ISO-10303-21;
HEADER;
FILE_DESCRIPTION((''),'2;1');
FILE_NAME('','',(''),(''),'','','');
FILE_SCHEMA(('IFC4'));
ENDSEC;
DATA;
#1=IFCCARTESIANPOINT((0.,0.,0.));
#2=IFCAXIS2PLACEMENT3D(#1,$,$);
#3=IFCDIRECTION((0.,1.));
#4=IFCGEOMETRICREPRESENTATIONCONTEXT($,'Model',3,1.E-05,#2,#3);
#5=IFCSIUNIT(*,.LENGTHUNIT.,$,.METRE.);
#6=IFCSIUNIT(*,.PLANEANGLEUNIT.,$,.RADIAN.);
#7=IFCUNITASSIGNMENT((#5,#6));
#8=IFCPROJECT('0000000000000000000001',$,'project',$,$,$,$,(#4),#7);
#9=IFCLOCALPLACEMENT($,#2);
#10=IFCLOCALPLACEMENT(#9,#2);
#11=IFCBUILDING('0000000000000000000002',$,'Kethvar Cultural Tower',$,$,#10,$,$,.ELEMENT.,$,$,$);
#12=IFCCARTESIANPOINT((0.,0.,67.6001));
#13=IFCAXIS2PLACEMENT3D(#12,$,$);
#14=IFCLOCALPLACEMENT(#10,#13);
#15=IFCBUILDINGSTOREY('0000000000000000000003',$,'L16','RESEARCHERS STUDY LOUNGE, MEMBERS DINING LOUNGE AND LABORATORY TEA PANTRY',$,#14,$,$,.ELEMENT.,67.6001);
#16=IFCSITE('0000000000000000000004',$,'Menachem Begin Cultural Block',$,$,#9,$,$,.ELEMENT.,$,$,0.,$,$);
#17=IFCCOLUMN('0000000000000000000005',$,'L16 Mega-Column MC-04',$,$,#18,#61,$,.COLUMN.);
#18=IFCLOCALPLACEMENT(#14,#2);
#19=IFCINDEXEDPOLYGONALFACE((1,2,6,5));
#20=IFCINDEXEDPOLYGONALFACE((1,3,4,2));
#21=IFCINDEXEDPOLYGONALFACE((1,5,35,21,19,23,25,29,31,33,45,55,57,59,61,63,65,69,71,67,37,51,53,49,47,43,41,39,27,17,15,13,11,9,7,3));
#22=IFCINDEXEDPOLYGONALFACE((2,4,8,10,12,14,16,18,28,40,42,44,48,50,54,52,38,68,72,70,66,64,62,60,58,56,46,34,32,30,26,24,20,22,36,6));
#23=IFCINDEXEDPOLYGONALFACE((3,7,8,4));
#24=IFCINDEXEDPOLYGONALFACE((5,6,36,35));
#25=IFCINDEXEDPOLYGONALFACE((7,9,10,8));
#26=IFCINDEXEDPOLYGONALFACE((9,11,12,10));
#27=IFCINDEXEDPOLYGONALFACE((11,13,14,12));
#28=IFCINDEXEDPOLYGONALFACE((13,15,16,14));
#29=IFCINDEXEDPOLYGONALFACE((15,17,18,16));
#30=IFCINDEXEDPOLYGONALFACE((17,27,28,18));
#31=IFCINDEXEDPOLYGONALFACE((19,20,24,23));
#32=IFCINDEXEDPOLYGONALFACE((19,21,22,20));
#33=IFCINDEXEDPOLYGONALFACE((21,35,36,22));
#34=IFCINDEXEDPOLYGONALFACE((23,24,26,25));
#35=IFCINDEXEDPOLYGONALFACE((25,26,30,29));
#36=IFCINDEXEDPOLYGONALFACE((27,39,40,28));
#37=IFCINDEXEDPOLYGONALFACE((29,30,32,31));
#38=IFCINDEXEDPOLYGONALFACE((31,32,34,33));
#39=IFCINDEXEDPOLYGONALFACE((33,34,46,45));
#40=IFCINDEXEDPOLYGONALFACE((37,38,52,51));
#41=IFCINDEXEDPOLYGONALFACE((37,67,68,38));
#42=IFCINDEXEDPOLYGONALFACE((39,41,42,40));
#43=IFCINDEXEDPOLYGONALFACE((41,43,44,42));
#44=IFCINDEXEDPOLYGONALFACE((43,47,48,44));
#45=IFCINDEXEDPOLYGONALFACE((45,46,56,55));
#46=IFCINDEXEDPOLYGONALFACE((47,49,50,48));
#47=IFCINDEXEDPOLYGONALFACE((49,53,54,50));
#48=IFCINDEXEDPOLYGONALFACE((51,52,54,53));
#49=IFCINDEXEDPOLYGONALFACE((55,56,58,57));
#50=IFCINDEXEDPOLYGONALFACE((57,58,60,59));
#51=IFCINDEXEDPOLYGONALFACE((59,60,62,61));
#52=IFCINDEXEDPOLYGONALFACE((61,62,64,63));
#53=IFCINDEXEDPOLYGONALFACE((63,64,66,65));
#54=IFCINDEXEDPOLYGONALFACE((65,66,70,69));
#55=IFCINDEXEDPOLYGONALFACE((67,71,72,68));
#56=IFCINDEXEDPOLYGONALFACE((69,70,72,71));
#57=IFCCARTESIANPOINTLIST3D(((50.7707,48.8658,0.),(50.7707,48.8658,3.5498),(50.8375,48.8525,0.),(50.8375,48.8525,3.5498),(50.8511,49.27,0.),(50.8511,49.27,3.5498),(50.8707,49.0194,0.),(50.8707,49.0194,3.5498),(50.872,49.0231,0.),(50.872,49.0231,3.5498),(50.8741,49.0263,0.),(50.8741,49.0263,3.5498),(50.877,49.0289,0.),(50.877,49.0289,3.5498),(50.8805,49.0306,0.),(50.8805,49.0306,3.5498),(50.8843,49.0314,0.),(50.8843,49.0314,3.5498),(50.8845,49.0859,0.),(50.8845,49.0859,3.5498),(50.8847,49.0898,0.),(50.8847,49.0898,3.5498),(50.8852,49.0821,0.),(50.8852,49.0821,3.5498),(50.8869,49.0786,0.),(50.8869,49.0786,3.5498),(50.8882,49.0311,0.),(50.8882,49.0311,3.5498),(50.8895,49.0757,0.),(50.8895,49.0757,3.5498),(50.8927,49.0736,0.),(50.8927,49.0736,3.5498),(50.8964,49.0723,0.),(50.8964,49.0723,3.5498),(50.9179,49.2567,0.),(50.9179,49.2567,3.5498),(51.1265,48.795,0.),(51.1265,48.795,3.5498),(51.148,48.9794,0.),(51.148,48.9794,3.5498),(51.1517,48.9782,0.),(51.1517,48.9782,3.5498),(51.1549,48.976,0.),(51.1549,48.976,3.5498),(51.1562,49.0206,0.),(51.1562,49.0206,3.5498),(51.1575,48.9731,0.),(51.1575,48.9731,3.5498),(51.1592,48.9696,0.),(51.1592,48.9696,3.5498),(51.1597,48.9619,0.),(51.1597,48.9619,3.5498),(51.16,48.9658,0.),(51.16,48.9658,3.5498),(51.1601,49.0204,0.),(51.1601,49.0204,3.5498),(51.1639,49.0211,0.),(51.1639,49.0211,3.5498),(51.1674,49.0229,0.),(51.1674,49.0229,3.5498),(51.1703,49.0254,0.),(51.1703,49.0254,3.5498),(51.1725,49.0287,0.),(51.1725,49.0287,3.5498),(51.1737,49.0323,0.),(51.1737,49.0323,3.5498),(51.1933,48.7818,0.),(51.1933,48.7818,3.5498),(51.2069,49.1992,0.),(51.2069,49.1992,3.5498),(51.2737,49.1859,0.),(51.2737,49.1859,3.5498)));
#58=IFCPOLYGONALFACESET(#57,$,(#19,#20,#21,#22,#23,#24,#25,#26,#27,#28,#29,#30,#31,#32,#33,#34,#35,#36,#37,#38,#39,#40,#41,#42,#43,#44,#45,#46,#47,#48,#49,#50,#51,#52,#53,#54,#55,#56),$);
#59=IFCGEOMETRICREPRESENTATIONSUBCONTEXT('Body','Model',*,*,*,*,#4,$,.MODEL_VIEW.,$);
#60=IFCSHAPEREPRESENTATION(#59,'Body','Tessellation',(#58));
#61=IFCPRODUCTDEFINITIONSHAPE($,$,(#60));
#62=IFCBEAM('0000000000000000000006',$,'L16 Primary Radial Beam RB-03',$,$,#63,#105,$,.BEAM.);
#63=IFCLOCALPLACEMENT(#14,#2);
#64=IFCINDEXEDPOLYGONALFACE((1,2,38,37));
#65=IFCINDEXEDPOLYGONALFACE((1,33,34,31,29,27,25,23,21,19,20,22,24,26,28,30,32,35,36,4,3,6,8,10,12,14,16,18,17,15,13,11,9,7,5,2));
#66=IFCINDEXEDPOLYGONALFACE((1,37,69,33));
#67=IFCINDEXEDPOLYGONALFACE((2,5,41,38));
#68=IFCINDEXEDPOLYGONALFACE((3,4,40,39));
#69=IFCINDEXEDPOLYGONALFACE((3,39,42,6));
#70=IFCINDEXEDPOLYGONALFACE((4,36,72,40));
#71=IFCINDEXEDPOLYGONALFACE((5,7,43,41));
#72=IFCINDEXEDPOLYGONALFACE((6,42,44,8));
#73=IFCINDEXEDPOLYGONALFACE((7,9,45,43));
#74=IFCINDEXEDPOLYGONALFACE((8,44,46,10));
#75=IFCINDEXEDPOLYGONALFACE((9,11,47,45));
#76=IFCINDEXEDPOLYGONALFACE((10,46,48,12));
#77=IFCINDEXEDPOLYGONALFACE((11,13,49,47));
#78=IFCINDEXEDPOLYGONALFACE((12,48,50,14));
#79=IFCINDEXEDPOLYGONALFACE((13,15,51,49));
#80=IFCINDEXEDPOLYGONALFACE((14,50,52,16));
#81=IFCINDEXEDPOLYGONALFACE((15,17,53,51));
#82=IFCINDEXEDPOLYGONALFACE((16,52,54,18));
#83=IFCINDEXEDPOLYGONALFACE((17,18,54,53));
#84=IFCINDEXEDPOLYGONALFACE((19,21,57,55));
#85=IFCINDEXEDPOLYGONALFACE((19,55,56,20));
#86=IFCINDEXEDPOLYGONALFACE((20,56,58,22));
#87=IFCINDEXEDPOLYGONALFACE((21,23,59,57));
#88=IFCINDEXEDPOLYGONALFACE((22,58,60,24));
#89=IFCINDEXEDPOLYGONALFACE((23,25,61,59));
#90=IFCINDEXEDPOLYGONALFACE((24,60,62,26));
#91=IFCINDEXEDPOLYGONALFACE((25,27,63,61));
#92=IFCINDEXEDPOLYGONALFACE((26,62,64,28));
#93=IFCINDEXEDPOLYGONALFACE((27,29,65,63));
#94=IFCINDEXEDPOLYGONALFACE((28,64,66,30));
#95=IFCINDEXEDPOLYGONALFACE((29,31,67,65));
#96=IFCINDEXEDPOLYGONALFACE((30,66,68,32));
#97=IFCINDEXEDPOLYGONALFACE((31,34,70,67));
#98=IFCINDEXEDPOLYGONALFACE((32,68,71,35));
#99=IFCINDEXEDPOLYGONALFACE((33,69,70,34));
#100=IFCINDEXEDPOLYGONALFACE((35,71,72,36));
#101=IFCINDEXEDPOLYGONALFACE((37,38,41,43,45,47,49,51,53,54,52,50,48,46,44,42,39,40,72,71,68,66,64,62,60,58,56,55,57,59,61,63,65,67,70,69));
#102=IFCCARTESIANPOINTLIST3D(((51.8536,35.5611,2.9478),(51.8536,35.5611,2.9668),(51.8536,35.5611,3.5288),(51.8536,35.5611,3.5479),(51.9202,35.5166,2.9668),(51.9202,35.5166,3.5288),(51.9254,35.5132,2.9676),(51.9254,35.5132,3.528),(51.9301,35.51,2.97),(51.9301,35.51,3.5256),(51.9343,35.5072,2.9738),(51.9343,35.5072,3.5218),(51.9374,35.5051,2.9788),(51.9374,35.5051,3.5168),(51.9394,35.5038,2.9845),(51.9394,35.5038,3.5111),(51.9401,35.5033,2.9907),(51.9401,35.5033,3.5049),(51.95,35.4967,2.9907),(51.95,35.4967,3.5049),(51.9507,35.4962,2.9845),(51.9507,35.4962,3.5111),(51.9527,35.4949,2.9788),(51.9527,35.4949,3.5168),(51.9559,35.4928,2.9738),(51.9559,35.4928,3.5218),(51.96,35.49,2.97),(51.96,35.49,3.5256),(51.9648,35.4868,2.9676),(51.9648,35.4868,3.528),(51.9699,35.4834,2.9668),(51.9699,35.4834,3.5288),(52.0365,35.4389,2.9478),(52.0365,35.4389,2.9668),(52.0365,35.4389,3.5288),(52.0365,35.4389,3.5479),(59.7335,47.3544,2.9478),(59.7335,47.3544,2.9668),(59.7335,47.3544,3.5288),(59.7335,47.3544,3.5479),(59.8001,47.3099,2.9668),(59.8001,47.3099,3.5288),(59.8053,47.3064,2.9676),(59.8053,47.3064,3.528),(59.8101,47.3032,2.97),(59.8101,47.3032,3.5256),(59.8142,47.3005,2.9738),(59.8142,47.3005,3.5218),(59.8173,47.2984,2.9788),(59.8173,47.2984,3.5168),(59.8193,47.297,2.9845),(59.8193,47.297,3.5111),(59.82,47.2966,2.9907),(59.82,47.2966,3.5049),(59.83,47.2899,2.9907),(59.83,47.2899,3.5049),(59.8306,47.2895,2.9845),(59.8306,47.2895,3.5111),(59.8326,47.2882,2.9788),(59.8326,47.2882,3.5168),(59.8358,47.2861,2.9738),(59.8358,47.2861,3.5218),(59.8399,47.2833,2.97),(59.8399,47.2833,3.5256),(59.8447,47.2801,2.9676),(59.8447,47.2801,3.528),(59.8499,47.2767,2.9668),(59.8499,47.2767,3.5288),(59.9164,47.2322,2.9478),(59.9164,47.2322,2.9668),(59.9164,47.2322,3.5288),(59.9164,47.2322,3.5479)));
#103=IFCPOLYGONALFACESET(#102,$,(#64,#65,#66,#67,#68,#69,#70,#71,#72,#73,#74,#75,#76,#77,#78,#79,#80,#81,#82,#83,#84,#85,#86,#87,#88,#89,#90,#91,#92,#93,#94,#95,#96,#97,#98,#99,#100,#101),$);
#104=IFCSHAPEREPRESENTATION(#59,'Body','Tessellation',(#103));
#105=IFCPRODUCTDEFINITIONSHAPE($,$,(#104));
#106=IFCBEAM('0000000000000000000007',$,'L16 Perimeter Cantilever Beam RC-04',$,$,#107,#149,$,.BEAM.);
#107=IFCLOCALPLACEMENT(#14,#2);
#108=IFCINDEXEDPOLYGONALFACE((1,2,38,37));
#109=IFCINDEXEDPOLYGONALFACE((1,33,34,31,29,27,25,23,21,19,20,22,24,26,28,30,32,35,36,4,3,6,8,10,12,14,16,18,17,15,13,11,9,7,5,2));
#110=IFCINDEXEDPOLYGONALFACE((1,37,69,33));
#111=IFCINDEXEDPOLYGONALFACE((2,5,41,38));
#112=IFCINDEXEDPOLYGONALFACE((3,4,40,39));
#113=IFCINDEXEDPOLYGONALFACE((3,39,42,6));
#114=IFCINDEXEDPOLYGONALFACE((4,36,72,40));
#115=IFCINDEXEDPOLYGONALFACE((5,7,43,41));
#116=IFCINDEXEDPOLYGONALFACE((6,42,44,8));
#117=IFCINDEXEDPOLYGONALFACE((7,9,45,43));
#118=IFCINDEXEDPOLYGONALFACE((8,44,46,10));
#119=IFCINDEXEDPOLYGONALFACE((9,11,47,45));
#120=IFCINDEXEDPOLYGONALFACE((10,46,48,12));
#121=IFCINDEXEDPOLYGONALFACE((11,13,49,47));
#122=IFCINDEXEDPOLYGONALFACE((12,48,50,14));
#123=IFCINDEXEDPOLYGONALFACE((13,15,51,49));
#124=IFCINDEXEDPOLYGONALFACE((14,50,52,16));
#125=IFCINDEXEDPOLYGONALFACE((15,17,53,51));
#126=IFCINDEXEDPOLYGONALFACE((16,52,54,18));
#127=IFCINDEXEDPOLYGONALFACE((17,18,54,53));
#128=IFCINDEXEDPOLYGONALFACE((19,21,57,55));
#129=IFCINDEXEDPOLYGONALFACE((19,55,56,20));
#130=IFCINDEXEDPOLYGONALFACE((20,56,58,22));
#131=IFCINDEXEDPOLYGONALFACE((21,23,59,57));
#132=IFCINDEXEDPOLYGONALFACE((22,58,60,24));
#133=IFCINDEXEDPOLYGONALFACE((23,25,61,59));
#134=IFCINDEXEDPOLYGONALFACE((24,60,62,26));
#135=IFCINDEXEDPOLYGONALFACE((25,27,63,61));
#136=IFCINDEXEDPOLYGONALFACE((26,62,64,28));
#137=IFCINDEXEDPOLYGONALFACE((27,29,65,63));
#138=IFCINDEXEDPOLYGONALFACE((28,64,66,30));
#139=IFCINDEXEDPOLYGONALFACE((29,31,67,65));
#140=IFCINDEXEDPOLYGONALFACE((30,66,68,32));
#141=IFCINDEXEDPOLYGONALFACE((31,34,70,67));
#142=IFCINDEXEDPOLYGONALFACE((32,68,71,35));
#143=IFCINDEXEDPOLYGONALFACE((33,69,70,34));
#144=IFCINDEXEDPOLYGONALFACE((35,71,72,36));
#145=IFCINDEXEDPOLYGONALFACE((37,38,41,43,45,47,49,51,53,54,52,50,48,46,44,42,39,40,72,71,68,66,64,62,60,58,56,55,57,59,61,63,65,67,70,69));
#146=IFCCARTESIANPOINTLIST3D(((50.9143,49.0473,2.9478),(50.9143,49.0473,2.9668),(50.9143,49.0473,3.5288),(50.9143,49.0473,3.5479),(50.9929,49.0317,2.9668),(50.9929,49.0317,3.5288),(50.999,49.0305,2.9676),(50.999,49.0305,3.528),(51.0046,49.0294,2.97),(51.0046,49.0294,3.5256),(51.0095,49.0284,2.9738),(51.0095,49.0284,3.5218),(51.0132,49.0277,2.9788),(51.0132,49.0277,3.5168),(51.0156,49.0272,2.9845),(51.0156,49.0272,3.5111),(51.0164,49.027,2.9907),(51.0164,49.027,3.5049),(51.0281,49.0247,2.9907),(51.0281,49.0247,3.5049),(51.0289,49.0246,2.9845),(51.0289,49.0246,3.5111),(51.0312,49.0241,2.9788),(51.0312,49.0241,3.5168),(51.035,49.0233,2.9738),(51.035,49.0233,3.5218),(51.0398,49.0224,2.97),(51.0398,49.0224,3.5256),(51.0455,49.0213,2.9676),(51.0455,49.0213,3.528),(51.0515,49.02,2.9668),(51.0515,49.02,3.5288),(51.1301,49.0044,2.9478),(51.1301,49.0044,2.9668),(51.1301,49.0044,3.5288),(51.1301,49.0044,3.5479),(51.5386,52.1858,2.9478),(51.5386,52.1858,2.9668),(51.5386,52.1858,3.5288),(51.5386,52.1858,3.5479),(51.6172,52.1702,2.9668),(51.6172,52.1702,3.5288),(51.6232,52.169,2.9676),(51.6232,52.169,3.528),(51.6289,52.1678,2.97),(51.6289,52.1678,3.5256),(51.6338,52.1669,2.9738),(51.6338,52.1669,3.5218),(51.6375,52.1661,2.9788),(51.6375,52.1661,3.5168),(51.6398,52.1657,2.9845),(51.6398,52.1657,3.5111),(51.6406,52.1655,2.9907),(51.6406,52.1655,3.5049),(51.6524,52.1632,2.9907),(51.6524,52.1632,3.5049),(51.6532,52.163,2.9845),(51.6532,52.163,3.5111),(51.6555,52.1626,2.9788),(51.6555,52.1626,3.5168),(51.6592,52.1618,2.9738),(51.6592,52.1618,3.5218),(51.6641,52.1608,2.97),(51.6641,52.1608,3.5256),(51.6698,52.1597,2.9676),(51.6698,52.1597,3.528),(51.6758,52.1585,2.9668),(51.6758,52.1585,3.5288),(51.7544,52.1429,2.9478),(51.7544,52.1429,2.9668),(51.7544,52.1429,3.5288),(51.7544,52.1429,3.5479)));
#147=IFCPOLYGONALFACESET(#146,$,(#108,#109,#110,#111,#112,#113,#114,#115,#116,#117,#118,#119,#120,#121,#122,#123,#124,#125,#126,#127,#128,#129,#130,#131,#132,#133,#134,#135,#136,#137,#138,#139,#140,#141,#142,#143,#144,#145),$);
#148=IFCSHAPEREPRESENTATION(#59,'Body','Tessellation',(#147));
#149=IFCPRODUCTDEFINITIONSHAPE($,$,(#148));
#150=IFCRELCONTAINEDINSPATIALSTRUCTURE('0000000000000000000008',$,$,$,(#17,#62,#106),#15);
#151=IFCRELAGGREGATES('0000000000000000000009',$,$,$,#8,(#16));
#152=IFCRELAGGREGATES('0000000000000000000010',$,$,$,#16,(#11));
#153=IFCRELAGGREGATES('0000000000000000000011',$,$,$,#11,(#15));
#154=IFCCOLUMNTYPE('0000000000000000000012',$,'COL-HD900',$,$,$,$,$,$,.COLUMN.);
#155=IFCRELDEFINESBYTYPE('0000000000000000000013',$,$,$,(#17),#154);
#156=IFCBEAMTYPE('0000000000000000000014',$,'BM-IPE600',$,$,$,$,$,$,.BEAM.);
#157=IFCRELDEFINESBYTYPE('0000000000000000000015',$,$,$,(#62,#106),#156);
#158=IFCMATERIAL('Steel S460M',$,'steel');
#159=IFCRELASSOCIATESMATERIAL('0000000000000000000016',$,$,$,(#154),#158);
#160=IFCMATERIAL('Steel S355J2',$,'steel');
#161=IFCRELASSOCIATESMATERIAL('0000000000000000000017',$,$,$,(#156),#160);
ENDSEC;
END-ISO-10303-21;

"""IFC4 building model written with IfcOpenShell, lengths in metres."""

from ifc_helpers import new_model, si_unit, direction, frame, origin, origin_2d, place, context, subcontext, project, spatial, i_section, extrude, source, transform, mapped, material, material_profile, profile_set, type_object, element, save


model = new_model("IFC4")

# Units and contexts
model_context = context("Model", 3, precision=1e-05, world=origin(), true_north=direction((0.0, 1.0)))
body_context = subcontext(model_context, "Body", "Model", "MODEL_VIEW")
ifc_project = project(units=[si_unit("LENGTHUNIT", "METRE"), si_unit("PLANEANGLEUNIT", "RADIAN")], contexts=[model_context])

# Site, building, storey
site_placement = place(None, origin())
site = spatial("IfcSite", under=ifc_project, at=site_placement, Name="Menachem Begin Cultural Block", CompositionType="ELEMENT", RefElevation=0.0)
building_placement = place(site_placement, origin())
building = spatial("IfcBuilding", under=site, at=building_placement, Name="Kethvar Cultural Tower", CompositionType="ELEMENT")
storey_placement = place(building_placement, frame((0.0, 0.0, 67.6001)))
storey = spatial("IfcBuildingStorey", under=building, at=storey_placement, Name="L16", Description="RESEARCHERS STUDY LOUNGE, MEMBERS DINING LOUNGE AND LABORATORY TEA PANTRY", CompositionType="ELEMENT", Elevation=67.6001)

# Column
ifc_material_1 = material(Name="Steel S460M", Category="steel")
ifc_material_profile_1 = material_profile(ifc_material_1, i_section(OverallWidth=0.4121, OverallDepth=0.4309, WebThickness=0.042, FlangeThickness=0.0681, FilletRadius=0.0149, at=origin_2d()), Name="Steel S460M — HD400x900")
ifc_profile_set_1 = profile_set([ifc_material_profile_1], Name="Steel S460M — HD400x900")
column_type = type_object("IfcColumnType", Name="COL-HD900", PredefinedType="COLUMN", material=ifc_profile_set_1)
shared_shape_1 = source(origin(), body_context, "Body", "SweptSolid", [
    extrude(i_section(OverallWidth=0.4121, OverallDepth=0.4309, WebThickness=0.042, FlangeThickness=0.0681, FilletRadius=0.0149, at=origin_2d()), origin(), (0.0, 0.0, 1.0), 3.5498),
])
column_placement = place(storey_placement, frame((51.0222, 49.0259, 0.0), z_axis=(0.0, 0.0, 1.0), x_axis=(0.19509, 0.980785, 0.0)))
element("IfcColumn", 1, at=column_placement, inside=storey, type_object=column_type, Name="L16 Mega-Column MC-04", PredefinedType="COLUMN", context=body_context, shape_type="MappedRepresentation", body=[
    mapped(shared_shape_1, transform((0.0, 0.0, 0.0), scale=1.0)),
])

# Beams
ifc_material_2 = material(Name="Steel S355J2", Category="steel")
ifc_material_profile_2 = material_profile(ifc_material_2, i_section(OverallWidth=0.22, OverallDepth=0.6001, WebThickness=0.012, FlangeThickness=0.019, FilletRadius=0.0239, at=origin_2d()), Name="Steel S355J2 — IPE600")
ifc_profile_set_2 = profile_set([ifc_material_profile_2], Name="Steel S355J2 — IPE600")
beam_type_1 = type_object("IfcBeamType", Name="BM-IPE600", PredefinedType="BEAM", material=ifc_profile_set_2)
shared_shape_2 = source(origin(), body_context, "Body", "SweptSolid", [
    extrude(i_section(OverallWidth=0.22, OverallDepth=0.6001, WebThickness=0.012, FlangeThickness=0.019, FilletRadius=0.0239, at=origin_2d()), origin(), (0.0, 0.0, 1.0), 14.1836),
])
beam_1_placement = place(storey_placement, frame((51.9451, 35.5, 3.2478), z_axis=(0.555566, 0.831473, 0.0), x_axis=(-0.831473, 0.555566, 0.0)))
element("IfcBeam", 2, at=beam_1_placement, inside=storey, type_object=beam_type_1, Name="L16 Primary Radial Beam RB-03", PredefinedType="BEAM", context=body_context, shape_type="MappedRepresentation", body=[
    mapped(shared_shape_2, transform((0.0, 0.0, 0.0), scale=1.0)),
])
shared_shape_3 = source(origin(), body_context, "Body", "SweptSolid", [
    extrude(i_section(OverallWidth=0.22, OverallDepth=0.6001, WebThickness=0.012, FlangeThickness=0.019, FilletRadius=0.0239, at=origin_2d()), origin(), (0.0, 0.0, 1.0), 3.2),
])
beam_2_placement = place(storey_placement, frame((51.0222, 49.0259, 3.2478), z_axis=(0.195089, 0.980786, 0.0), x_axis=(-0.980786, 0.195089, 0.0)))
element("IfcBeam", 3, at=beam_2_placement, inside=storey, type_object=beam_type_1, Name="L16 Perimeter Cantilever Beam RC-04", PredefinedType="BEAM", context=body_context, shape_type="MappedRepresentation", body=[
    mapped(shared_shape_3, transform((0.0, 0.0, 0.0), scale=1.0)),
])

save(model, "model.ifc")
